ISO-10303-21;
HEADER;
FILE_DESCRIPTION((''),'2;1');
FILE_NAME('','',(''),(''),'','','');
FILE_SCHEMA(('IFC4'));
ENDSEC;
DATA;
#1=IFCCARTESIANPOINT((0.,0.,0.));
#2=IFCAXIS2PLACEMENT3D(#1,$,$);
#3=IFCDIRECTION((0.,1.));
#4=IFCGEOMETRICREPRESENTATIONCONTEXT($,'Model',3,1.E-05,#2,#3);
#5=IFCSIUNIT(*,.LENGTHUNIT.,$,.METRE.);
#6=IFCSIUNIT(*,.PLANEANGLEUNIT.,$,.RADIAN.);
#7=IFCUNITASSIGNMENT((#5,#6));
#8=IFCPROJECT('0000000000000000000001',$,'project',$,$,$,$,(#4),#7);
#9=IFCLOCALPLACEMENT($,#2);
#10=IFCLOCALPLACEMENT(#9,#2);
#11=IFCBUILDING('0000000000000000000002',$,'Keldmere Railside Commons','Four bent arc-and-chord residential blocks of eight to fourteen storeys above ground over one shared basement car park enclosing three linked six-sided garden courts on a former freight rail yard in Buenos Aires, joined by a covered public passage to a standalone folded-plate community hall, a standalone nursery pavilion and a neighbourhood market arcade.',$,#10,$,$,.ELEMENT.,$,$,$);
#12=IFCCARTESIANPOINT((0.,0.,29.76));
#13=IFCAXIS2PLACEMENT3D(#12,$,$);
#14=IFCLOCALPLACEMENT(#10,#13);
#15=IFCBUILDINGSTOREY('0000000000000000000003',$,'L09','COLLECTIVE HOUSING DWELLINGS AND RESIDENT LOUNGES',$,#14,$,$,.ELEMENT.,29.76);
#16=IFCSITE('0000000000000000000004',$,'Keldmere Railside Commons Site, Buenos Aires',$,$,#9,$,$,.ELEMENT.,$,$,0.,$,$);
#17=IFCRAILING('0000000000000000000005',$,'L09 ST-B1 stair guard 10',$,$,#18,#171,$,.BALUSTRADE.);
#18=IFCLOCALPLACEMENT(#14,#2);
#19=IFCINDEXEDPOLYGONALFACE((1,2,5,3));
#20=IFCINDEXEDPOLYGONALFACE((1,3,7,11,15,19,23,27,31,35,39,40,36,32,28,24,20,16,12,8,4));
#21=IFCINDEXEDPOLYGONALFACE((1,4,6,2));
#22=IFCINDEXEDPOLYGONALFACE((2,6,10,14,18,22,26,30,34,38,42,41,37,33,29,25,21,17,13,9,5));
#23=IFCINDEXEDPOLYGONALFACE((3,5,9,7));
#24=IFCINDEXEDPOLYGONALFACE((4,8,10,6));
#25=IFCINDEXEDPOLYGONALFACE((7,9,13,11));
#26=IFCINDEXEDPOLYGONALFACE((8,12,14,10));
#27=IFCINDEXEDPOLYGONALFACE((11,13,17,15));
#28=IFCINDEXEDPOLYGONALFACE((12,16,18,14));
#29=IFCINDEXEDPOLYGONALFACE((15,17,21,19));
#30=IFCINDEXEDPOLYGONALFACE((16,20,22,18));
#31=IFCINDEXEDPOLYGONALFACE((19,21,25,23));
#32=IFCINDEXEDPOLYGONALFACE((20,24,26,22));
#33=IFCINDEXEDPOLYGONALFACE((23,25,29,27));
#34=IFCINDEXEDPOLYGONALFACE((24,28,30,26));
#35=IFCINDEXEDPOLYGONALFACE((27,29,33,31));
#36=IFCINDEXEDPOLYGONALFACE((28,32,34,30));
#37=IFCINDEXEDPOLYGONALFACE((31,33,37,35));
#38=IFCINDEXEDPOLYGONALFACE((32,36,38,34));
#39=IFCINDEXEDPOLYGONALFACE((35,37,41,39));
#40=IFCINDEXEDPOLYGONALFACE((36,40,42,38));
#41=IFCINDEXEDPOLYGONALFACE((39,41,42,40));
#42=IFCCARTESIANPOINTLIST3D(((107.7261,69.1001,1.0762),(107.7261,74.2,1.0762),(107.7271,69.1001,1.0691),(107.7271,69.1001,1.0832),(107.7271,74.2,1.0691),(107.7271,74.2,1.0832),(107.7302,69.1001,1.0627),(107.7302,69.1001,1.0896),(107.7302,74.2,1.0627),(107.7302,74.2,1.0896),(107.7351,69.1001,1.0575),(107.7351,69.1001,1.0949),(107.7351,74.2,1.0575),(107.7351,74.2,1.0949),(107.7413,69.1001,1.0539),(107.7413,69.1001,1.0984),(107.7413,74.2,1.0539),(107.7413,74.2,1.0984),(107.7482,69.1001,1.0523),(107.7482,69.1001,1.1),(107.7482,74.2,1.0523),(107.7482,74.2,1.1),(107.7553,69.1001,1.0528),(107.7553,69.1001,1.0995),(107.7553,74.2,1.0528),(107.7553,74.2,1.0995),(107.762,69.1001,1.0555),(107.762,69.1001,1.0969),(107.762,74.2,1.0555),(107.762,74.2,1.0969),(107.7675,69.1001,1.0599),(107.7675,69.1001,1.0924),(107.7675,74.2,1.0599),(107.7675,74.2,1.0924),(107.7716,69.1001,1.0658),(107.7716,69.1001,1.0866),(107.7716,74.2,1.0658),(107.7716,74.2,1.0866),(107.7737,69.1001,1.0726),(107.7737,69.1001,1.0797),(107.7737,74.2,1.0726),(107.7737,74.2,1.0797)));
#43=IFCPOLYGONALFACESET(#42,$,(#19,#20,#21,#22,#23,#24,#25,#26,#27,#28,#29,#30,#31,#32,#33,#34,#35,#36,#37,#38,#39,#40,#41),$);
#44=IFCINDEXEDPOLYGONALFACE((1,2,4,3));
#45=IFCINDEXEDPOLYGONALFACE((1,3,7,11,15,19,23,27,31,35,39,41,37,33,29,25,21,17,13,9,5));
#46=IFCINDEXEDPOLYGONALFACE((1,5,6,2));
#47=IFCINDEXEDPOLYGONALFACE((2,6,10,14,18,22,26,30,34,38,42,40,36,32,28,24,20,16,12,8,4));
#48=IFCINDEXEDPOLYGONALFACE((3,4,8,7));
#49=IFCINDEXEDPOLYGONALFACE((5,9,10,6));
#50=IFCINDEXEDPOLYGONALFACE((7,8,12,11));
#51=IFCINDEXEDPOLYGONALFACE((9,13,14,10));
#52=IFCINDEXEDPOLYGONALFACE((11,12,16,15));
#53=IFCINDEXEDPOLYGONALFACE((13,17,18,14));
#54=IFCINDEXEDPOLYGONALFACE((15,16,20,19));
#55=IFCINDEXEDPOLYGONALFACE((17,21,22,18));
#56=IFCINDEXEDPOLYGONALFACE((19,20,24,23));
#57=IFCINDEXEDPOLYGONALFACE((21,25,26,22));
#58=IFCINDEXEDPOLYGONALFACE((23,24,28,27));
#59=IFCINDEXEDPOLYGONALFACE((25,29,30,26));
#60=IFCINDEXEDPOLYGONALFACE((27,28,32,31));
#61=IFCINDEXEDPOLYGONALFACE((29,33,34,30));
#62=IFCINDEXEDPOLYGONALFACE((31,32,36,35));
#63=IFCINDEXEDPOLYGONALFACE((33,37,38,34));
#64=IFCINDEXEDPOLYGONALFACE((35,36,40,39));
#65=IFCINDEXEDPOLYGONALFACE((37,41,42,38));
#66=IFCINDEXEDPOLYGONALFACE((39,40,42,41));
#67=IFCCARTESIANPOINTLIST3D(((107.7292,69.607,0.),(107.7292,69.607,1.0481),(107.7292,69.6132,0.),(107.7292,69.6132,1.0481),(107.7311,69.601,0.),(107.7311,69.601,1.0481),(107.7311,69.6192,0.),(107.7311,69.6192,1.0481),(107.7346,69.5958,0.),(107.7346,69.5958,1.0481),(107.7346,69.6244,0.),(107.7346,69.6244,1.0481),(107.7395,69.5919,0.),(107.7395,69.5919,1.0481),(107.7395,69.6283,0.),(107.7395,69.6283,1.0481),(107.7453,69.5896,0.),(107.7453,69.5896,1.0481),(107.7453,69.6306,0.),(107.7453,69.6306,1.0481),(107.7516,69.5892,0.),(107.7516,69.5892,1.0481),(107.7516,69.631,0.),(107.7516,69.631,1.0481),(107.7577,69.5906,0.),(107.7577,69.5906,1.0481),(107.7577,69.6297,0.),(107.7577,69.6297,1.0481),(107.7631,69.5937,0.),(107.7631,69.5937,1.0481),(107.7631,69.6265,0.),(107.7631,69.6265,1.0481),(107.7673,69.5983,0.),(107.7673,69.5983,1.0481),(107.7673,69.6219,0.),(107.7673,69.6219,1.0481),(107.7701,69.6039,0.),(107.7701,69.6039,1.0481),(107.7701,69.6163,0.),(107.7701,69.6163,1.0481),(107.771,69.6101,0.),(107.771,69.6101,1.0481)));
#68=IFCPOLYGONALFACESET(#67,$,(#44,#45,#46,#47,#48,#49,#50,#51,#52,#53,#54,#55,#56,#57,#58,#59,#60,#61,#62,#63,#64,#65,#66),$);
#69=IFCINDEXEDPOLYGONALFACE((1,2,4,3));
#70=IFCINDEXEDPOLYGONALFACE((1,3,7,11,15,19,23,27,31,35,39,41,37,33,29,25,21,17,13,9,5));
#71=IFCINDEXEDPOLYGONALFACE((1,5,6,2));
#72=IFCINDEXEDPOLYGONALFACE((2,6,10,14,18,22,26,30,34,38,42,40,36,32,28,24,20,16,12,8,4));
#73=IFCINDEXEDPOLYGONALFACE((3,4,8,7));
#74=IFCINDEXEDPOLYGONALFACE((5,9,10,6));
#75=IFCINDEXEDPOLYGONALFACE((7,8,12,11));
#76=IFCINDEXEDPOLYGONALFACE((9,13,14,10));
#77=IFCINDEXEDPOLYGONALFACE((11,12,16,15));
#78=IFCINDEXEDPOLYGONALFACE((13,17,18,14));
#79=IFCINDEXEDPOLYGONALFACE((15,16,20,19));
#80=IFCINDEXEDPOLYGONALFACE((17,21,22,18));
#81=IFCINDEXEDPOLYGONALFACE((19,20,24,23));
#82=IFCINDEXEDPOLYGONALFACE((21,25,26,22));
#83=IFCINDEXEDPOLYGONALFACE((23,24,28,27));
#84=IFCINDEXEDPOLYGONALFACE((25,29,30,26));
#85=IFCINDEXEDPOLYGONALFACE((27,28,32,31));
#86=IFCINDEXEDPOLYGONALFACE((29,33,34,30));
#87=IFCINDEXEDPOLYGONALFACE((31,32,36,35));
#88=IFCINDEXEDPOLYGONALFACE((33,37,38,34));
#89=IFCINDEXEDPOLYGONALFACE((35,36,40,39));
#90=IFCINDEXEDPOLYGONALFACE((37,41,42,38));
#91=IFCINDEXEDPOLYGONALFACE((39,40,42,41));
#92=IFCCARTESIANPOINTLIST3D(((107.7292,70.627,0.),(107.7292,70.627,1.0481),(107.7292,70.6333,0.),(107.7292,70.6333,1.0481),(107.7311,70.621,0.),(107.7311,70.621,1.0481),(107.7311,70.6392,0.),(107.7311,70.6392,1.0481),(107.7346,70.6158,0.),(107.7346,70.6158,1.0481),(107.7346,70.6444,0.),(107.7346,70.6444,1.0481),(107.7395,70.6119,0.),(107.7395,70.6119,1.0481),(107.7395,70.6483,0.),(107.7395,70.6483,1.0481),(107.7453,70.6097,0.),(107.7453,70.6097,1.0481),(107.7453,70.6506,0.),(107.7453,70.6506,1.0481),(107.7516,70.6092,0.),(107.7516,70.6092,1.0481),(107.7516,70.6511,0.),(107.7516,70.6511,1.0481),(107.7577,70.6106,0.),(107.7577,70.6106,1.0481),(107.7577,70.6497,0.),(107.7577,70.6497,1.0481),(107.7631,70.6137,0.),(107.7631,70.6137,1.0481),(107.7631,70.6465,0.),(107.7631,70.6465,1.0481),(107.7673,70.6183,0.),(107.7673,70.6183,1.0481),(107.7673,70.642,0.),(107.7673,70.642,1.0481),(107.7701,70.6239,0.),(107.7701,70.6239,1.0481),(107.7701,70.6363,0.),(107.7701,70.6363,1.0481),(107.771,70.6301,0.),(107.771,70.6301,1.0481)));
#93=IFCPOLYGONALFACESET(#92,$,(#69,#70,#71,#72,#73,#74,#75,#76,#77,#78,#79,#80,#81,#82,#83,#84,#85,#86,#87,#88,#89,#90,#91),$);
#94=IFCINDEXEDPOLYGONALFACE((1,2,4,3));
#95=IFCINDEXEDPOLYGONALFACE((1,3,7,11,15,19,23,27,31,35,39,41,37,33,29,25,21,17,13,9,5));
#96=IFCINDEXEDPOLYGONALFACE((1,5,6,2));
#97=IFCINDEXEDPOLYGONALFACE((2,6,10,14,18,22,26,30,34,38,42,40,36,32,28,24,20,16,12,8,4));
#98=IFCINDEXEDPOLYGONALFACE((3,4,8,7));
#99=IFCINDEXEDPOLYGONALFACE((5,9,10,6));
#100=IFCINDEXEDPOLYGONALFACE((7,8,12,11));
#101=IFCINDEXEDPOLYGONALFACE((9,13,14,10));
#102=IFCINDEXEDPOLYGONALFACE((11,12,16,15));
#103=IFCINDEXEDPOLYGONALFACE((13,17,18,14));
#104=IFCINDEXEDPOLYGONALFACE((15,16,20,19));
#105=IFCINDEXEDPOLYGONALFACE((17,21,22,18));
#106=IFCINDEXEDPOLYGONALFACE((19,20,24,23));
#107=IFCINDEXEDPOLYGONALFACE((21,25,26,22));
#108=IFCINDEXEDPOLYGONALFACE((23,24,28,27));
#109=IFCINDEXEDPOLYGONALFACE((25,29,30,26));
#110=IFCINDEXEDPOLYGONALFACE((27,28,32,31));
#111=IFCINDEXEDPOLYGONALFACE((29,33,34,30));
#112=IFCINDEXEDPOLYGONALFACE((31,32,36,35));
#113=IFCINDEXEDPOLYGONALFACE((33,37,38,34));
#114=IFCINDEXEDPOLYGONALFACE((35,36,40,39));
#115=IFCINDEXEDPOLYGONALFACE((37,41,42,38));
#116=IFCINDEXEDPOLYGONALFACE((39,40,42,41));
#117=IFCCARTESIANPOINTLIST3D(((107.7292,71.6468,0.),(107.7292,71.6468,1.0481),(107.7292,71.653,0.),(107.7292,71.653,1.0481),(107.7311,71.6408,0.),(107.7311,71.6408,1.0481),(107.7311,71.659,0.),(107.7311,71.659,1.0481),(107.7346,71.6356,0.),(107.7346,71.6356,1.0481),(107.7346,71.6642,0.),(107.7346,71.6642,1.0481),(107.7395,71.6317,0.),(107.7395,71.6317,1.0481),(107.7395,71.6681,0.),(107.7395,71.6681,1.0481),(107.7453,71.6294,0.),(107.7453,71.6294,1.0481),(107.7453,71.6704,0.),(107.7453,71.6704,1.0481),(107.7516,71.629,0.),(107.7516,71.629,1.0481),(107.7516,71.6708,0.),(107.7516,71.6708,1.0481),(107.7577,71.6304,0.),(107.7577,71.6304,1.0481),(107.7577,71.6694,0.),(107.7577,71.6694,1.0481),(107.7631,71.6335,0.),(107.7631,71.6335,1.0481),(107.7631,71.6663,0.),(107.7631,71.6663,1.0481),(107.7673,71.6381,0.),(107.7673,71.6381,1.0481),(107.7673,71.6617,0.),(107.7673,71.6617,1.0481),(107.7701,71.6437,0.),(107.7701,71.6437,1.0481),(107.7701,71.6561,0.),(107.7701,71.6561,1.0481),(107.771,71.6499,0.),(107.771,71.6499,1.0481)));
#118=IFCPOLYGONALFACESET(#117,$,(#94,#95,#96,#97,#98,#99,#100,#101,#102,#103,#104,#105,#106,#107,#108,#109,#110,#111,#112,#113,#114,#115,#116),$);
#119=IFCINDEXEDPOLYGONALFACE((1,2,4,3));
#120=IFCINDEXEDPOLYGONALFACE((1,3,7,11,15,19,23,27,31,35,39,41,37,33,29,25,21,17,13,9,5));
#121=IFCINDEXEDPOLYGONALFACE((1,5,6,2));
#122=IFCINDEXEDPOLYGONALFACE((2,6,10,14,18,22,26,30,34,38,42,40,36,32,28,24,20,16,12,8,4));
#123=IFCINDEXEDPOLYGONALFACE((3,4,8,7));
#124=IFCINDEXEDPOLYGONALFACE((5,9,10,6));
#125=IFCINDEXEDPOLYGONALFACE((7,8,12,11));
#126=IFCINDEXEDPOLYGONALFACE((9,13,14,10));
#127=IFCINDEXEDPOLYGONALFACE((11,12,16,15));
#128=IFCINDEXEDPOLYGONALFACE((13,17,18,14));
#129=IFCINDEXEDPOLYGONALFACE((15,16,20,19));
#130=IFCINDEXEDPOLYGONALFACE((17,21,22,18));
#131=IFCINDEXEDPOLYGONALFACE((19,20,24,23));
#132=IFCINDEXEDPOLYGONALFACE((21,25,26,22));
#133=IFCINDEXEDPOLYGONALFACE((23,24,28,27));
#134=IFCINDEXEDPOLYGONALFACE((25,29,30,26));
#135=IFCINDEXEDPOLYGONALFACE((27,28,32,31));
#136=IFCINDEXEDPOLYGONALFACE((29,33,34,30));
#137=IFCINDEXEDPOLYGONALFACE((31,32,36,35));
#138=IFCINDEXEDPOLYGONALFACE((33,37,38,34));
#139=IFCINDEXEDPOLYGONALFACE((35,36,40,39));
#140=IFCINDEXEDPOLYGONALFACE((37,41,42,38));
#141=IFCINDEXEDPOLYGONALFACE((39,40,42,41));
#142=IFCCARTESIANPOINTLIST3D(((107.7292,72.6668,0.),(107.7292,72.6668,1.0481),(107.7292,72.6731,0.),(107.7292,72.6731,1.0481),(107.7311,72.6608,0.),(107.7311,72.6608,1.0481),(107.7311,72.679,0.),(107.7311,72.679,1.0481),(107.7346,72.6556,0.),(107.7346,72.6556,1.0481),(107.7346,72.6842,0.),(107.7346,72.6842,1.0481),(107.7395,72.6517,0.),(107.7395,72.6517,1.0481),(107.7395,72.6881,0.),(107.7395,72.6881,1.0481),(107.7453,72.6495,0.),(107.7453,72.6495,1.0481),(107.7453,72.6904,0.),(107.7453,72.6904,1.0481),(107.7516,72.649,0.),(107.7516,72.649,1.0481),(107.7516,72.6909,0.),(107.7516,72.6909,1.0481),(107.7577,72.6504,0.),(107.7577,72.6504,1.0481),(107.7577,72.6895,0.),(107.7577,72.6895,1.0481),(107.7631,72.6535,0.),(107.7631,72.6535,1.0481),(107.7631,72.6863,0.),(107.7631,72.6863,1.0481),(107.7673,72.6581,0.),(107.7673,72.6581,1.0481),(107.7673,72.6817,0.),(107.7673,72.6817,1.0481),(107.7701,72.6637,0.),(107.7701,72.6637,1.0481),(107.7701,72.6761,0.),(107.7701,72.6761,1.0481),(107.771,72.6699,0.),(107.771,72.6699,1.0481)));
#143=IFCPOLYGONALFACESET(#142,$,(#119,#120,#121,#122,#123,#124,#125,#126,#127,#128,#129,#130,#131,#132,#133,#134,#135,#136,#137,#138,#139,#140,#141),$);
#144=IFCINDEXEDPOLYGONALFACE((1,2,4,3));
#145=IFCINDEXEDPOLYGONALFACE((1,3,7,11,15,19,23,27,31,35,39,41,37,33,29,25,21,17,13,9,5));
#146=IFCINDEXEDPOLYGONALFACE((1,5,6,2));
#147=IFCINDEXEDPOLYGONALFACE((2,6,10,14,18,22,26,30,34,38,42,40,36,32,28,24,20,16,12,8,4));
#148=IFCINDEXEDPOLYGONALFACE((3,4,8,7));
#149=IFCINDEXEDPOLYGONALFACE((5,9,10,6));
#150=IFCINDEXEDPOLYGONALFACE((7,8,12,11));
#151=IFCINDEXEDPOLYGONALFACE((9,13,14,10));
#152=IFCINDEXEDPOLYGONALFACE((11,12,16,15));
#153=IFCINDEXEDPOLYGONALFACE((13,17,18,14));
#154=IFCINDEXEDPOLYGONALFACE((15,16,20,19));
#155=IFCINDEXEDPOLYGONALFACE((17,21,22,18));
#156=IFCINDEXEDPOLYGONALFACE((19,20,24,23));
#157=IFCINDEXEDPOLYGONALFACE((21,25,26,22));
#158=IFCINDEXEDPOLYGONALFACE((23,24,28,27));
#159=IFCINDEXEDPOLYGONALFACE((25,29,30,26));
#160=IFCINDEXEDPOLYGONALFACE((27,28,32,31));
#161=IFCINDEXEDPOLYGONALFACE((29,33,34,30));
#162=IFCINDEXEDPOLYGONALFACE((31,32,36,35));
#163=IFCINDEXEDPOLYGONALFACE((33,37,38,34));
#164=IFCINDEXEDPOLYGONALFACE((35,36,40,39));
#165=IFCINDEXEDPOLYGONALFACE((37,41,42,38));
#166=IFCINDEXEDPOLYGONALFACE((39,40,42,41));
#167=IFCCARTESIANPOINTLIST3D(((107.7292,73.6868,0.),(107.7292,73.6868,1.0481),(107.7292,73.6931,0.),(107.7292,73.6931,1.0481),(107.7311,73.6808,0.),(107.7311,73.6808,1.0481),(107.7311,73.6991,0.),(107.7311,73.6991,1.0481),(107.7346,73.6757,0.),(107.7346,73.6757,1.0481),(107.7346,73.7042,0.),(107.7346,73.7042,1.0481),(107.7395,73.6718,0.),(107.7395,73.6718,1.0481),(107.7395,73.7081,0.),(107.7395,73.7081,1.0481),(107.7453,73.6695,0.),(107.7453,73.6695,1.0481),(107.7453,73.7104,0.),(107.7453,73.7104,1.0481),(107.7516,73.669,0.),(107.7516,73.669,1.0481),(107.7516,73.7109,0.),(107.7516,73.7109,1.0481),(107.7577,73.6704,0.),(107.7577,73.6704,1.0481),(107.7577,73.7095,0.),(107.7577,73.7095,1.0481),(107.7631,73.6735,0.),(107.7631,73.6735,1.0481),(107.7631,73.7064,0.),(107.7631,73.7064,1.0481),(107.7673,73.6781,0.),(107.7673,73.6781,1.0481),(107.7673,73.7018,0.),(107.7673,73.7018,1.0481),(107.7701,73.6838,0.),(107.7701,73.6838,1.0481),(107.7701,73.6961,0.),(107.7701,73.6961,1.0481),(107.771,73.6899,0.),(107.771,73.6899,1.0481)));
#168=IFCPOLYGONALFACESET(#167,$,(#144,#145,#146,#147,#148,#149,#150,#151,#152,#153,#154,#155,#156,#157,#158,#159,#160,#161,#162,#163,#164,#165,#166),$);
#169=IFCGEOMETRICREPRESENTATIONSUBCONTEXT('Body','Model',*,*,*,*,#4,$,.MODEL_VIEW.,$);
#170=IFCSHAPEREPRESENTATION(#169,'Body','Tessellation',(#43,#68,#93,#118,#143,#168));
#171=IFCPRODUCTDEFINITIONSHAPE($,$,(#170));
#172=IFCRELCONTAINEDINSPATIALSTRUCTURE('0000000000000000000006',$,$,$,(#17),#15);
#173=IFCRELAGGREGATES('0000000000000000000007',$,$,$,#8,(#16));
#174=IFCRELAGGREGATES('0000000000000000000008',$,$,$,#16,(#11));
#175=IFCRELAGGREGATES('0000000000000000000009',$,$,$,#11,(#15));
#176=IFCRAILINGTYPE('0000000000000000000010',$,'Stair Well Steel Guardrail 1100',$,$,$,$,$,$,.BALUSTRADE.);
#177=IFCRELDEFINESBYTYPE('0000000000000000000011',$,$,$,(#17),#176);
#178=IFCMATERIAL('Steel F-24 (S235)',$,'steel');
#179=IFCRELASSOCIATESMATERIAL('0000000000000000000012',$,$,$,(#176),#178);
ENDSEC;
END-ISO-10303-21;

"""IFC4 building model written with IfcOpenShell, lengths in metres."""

from ifc_helpers import new_model, si_unit, direction, frame, origin, origin_2d, place, context, subcontext, project, spatial, circle, extrude, material, type_object, element, save


model = new_model("IFC4")

# Units and contexts
model_context = context("Model", 3, precision=1e-05, world=origin(), true_north=direction((0.0, 1.0)))
body_context = subcontext(model_context, "Body", "Model", "MODEL_VIEW")
ifc_project = project(units=[si_unit("LENGTHUNIT", "METRE"), si_unit("PLANEANGLEUNIT", "RADIAN")], contexts=[model_context])

# Site, building, storey
site_placement = place(None, origin())
site = spatial("IfcSite", under=ifc_project, at=site_placement, Name="Keldmere Railside Commons Site, Buenos Aires", CompositionType="ELEMENT", RefElevation=0.0)
building_placement = place(site_placement, origin())
building = spatial("IfcBuilding", under=site, at=building_placement, Name="Keldmere Railside Commons", Description="Four bent arc-and-chord residential blocks of eight to fourteen storeys above ground over one shared basement car park enclosing three linked six-sided garden courts on a former freight rail yard in Buenos Aires, joined by a covered public passage to a standalone folded-plate community hall, a standalone nursery pavilion and a neighbourhood market arcade.", CompositionType="ELEMENT")
storey_placement = place(building_placement, frame((0.0, 0.0, 29.76)))
storey = spatial("IfcBuildingStorey", under=building, at=storey_placement, Name="L09", Description="COLLECTIVE HOUSING DWELLINGS AND RESIDENT LOUNGES", CompositionType="ELEMENT", Elevation=29.76)

# Railing
ifc_material_1 = material(Name="Steel F-24 (S235)", Category="steel")
railing_type_1 = type_object("IfcRailingType", Name="Stair Well Steel Guardrail 1100", PredefinedType="BALUSTRADE", material=ifc_material_1)
for number, where, name in (
    (1, (107.75, 69.1001, 0.0), "L09 ST-B1 stair guard 10"),
):
    element("IfcRailing", number, at=place(storey_placement, frame(where)), inside=storey, type_object=railing_type_1, Name=name, PredefinedType="BALUSTRADE", context=body_context, shape_type="SweptSolid", body=[
        extrude(circle(Radius=0.0239, at=origin_2d()), frame((0.0, 0.0, 1.0762), z_axis=(0.0, 1.0, 0.0), x_axis=(-1.0, 0.0, 0.0)), (0.0, 0.0, 1.0), 5.0999),
        extrude(circle(Radius=0.021, at=origin_2d()), frame((0.0, 0.51, 0.0)), (0.0, 0.0, 1.0), 1.0481),
        extrude(circle(Radius=0.021, at=origin_2d()), frame((0.0, 1.53, 0.0)), (0.0, 0.0, 1.0), 1.0481),
        extrude(circle(Radius=0.021, at=origin_2d()), frame((0.0, 2.5498, 0.0)), (0.0, 0.0, 1.0), 1.0481),
        extrude(circle(Radius=0.021, at=origin_2d()), frame((0.0, 3.5698, 0.0)), (0.0, 0.0, 1.0), 1.0481),
        extrude(circle(Radius=0.021, at=origin_2d()), frame((0.0, 4.5898, 0.0)), (0.0, 0.0, 1.0), 1.0481),
    ])

save(model, "model.ifc")
